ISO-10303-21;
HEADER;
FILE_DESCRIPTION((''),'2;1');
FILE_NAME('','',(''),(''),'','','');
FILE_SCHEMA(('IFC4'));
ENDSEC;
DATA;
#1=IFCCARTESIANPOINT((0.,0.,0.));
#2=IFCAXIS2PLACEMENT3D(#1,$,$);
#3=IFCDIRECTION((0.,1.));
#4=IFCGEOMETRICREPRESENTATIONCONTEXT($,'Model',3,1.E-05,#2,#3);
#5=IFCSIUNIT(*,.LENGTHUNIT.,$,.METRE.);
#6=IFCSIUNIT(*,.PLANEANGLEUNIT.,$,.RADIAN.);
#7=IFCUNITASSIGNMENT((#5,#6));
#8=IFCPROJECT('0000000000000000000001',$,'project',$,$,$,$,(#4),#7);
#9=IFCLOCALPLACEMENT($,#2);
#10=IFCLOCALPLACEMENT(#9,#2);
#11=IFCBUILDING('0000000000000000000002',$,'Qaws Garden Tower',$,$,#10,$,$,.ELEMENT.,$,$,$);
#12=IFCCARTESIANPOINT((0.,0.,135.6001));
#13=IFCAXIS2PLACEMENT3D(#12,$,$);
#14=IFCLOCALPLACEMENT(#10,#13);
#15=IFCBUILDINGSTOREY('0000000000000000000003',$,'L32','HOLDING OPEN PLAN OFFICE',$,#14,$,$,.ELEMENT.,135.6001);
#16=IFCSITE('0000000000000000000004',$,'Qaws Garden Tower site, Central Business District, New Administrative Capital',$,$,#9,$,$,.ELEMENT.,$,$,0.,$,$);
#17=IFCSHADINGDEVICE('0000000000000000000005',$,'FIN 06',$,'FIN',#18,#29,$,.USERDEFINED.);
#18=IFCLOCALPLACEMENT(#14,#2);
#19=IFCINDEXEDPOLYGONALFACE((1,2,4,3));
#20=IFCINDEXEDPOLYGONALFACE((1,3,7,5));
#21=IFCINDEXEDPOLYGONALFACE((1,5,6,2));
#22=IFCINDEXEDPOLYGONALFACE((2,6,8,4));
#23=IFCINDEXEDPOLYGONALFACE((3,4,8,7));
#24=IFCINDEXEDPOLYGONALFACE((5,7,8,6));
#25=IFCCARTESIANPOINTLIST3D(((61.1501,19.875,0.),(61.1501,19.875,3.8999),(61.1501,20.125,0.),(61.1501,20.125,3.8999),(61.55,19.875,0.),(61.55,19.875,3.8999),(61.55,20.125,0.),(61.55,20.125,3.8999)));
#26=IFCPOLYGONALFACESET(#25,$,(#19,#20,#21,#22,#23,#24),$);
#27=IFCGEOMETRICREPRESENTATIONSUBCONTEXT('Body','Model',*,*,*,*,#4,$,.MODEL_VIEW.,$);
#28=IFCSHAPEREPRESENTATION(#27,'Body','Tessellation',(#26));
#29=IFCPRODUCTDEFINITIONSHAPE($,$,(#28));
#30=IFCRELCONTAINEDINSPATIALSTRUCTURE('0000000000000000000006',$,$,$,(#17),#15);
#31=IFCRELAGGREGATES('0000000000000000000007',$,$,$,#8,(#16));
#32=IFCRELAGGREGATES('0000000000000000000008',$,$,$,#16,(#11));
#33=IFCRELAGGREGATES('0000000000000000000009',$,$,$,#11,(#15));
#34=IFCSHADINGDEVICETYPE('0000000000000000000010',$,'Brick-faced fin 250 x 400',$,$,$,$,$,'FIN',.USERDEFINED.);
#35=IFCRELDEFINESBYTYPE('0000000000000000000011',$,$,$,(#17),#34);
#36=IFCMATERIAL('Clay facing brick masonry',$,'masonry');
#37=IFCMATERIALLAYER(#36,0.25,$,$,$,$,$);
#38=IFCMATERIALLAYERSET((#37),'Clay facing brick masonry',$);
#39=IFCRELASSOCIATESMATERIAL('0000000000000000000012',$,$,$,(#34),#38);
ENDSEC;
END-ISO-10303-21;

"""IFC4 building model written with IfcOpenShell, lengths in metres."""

from ifc_helpers import new_model, si_unit, direction, frame, origin, origin_2d, place, context, subcontext, project, spatial, rectangle, extrude, material, layer, layer_set, type_object, element, save


model = new_model("IFC4")

# Units and contexts
model_context = context("Model", 3, precision=1e-05, world=origin(), true_north=direction((0.0, 1.0)))
body_context = subcontext(model_context, "Body", "Model", "MODEL_VIEW")
ifc_project = project(units=[si_unit("LENGTHUNIT", "METRE"), si_unit("PLANEANGLEUNIT", "RADIAN")], contexts=[model_context])

# Site, building, storey
site_placement = place(None, origin())
site = spatial("IfcSite", under=ifc_project, at=site_placement, Name="Qaws Garden Tower site, Central Business District, New Administrative Capital", CompositionType="ELEMENT", RefElevation=0.0)
building_placement = place(site_placement, origin())
building = spatial("IfcBuilding", under=site, at=building_placement, Name="Qaws Garden Tower", CompositionType="ELEMENT")
storey_placement = place(building_placement, frame((0.0, 0.0, 135.6001)))
storey = spatial("IfcBuildingStorey", under=building, at=storey_placement, Name="L32", Description="HOLDING OPEN PLAN OFFICE", CompositionType="ELEMENT", Elevation=135.6001)

# Shading device
ifc_material_1 = material(Name="Clay facing brick masonry", Category="masonry")
ifc_layer_1 = layer(ifc_material_1, 0.25)
ifc_layer_set_1 = layer_set([ifc_layer_1], Name="Clay facing brick masonry")
shading_device_type = type_object("IfcShadingDeviceType", Name="Brick-faced fin 250 x 400", ElementType="FIN", PredefinedType="USERDEFINED", material=ifc_layer_set_1)
shading_device_placement = place(storey_placement, frame((61.3501, 20.0, 0.0), z_axis=(0.0, 0.0, 1.0), x_axis=(0.0, 1.0, 0.0)))
element("IfcShadingDevice", 1, at=shading_device_placement, inside=storey, type_object=shading_device_type, Name="FIN 06", ObjectType="FIN", PredefinedType="USERDEFINED", context=body_context, shape_type="SweptSolid", body=[
    extrude(rectangle(XDim=0.25, YDim=0.3999, at=origin_2d()), origin(), (0.0, 0.0, 1.0), 3.8999),
])

save(model, "model.ifc")
